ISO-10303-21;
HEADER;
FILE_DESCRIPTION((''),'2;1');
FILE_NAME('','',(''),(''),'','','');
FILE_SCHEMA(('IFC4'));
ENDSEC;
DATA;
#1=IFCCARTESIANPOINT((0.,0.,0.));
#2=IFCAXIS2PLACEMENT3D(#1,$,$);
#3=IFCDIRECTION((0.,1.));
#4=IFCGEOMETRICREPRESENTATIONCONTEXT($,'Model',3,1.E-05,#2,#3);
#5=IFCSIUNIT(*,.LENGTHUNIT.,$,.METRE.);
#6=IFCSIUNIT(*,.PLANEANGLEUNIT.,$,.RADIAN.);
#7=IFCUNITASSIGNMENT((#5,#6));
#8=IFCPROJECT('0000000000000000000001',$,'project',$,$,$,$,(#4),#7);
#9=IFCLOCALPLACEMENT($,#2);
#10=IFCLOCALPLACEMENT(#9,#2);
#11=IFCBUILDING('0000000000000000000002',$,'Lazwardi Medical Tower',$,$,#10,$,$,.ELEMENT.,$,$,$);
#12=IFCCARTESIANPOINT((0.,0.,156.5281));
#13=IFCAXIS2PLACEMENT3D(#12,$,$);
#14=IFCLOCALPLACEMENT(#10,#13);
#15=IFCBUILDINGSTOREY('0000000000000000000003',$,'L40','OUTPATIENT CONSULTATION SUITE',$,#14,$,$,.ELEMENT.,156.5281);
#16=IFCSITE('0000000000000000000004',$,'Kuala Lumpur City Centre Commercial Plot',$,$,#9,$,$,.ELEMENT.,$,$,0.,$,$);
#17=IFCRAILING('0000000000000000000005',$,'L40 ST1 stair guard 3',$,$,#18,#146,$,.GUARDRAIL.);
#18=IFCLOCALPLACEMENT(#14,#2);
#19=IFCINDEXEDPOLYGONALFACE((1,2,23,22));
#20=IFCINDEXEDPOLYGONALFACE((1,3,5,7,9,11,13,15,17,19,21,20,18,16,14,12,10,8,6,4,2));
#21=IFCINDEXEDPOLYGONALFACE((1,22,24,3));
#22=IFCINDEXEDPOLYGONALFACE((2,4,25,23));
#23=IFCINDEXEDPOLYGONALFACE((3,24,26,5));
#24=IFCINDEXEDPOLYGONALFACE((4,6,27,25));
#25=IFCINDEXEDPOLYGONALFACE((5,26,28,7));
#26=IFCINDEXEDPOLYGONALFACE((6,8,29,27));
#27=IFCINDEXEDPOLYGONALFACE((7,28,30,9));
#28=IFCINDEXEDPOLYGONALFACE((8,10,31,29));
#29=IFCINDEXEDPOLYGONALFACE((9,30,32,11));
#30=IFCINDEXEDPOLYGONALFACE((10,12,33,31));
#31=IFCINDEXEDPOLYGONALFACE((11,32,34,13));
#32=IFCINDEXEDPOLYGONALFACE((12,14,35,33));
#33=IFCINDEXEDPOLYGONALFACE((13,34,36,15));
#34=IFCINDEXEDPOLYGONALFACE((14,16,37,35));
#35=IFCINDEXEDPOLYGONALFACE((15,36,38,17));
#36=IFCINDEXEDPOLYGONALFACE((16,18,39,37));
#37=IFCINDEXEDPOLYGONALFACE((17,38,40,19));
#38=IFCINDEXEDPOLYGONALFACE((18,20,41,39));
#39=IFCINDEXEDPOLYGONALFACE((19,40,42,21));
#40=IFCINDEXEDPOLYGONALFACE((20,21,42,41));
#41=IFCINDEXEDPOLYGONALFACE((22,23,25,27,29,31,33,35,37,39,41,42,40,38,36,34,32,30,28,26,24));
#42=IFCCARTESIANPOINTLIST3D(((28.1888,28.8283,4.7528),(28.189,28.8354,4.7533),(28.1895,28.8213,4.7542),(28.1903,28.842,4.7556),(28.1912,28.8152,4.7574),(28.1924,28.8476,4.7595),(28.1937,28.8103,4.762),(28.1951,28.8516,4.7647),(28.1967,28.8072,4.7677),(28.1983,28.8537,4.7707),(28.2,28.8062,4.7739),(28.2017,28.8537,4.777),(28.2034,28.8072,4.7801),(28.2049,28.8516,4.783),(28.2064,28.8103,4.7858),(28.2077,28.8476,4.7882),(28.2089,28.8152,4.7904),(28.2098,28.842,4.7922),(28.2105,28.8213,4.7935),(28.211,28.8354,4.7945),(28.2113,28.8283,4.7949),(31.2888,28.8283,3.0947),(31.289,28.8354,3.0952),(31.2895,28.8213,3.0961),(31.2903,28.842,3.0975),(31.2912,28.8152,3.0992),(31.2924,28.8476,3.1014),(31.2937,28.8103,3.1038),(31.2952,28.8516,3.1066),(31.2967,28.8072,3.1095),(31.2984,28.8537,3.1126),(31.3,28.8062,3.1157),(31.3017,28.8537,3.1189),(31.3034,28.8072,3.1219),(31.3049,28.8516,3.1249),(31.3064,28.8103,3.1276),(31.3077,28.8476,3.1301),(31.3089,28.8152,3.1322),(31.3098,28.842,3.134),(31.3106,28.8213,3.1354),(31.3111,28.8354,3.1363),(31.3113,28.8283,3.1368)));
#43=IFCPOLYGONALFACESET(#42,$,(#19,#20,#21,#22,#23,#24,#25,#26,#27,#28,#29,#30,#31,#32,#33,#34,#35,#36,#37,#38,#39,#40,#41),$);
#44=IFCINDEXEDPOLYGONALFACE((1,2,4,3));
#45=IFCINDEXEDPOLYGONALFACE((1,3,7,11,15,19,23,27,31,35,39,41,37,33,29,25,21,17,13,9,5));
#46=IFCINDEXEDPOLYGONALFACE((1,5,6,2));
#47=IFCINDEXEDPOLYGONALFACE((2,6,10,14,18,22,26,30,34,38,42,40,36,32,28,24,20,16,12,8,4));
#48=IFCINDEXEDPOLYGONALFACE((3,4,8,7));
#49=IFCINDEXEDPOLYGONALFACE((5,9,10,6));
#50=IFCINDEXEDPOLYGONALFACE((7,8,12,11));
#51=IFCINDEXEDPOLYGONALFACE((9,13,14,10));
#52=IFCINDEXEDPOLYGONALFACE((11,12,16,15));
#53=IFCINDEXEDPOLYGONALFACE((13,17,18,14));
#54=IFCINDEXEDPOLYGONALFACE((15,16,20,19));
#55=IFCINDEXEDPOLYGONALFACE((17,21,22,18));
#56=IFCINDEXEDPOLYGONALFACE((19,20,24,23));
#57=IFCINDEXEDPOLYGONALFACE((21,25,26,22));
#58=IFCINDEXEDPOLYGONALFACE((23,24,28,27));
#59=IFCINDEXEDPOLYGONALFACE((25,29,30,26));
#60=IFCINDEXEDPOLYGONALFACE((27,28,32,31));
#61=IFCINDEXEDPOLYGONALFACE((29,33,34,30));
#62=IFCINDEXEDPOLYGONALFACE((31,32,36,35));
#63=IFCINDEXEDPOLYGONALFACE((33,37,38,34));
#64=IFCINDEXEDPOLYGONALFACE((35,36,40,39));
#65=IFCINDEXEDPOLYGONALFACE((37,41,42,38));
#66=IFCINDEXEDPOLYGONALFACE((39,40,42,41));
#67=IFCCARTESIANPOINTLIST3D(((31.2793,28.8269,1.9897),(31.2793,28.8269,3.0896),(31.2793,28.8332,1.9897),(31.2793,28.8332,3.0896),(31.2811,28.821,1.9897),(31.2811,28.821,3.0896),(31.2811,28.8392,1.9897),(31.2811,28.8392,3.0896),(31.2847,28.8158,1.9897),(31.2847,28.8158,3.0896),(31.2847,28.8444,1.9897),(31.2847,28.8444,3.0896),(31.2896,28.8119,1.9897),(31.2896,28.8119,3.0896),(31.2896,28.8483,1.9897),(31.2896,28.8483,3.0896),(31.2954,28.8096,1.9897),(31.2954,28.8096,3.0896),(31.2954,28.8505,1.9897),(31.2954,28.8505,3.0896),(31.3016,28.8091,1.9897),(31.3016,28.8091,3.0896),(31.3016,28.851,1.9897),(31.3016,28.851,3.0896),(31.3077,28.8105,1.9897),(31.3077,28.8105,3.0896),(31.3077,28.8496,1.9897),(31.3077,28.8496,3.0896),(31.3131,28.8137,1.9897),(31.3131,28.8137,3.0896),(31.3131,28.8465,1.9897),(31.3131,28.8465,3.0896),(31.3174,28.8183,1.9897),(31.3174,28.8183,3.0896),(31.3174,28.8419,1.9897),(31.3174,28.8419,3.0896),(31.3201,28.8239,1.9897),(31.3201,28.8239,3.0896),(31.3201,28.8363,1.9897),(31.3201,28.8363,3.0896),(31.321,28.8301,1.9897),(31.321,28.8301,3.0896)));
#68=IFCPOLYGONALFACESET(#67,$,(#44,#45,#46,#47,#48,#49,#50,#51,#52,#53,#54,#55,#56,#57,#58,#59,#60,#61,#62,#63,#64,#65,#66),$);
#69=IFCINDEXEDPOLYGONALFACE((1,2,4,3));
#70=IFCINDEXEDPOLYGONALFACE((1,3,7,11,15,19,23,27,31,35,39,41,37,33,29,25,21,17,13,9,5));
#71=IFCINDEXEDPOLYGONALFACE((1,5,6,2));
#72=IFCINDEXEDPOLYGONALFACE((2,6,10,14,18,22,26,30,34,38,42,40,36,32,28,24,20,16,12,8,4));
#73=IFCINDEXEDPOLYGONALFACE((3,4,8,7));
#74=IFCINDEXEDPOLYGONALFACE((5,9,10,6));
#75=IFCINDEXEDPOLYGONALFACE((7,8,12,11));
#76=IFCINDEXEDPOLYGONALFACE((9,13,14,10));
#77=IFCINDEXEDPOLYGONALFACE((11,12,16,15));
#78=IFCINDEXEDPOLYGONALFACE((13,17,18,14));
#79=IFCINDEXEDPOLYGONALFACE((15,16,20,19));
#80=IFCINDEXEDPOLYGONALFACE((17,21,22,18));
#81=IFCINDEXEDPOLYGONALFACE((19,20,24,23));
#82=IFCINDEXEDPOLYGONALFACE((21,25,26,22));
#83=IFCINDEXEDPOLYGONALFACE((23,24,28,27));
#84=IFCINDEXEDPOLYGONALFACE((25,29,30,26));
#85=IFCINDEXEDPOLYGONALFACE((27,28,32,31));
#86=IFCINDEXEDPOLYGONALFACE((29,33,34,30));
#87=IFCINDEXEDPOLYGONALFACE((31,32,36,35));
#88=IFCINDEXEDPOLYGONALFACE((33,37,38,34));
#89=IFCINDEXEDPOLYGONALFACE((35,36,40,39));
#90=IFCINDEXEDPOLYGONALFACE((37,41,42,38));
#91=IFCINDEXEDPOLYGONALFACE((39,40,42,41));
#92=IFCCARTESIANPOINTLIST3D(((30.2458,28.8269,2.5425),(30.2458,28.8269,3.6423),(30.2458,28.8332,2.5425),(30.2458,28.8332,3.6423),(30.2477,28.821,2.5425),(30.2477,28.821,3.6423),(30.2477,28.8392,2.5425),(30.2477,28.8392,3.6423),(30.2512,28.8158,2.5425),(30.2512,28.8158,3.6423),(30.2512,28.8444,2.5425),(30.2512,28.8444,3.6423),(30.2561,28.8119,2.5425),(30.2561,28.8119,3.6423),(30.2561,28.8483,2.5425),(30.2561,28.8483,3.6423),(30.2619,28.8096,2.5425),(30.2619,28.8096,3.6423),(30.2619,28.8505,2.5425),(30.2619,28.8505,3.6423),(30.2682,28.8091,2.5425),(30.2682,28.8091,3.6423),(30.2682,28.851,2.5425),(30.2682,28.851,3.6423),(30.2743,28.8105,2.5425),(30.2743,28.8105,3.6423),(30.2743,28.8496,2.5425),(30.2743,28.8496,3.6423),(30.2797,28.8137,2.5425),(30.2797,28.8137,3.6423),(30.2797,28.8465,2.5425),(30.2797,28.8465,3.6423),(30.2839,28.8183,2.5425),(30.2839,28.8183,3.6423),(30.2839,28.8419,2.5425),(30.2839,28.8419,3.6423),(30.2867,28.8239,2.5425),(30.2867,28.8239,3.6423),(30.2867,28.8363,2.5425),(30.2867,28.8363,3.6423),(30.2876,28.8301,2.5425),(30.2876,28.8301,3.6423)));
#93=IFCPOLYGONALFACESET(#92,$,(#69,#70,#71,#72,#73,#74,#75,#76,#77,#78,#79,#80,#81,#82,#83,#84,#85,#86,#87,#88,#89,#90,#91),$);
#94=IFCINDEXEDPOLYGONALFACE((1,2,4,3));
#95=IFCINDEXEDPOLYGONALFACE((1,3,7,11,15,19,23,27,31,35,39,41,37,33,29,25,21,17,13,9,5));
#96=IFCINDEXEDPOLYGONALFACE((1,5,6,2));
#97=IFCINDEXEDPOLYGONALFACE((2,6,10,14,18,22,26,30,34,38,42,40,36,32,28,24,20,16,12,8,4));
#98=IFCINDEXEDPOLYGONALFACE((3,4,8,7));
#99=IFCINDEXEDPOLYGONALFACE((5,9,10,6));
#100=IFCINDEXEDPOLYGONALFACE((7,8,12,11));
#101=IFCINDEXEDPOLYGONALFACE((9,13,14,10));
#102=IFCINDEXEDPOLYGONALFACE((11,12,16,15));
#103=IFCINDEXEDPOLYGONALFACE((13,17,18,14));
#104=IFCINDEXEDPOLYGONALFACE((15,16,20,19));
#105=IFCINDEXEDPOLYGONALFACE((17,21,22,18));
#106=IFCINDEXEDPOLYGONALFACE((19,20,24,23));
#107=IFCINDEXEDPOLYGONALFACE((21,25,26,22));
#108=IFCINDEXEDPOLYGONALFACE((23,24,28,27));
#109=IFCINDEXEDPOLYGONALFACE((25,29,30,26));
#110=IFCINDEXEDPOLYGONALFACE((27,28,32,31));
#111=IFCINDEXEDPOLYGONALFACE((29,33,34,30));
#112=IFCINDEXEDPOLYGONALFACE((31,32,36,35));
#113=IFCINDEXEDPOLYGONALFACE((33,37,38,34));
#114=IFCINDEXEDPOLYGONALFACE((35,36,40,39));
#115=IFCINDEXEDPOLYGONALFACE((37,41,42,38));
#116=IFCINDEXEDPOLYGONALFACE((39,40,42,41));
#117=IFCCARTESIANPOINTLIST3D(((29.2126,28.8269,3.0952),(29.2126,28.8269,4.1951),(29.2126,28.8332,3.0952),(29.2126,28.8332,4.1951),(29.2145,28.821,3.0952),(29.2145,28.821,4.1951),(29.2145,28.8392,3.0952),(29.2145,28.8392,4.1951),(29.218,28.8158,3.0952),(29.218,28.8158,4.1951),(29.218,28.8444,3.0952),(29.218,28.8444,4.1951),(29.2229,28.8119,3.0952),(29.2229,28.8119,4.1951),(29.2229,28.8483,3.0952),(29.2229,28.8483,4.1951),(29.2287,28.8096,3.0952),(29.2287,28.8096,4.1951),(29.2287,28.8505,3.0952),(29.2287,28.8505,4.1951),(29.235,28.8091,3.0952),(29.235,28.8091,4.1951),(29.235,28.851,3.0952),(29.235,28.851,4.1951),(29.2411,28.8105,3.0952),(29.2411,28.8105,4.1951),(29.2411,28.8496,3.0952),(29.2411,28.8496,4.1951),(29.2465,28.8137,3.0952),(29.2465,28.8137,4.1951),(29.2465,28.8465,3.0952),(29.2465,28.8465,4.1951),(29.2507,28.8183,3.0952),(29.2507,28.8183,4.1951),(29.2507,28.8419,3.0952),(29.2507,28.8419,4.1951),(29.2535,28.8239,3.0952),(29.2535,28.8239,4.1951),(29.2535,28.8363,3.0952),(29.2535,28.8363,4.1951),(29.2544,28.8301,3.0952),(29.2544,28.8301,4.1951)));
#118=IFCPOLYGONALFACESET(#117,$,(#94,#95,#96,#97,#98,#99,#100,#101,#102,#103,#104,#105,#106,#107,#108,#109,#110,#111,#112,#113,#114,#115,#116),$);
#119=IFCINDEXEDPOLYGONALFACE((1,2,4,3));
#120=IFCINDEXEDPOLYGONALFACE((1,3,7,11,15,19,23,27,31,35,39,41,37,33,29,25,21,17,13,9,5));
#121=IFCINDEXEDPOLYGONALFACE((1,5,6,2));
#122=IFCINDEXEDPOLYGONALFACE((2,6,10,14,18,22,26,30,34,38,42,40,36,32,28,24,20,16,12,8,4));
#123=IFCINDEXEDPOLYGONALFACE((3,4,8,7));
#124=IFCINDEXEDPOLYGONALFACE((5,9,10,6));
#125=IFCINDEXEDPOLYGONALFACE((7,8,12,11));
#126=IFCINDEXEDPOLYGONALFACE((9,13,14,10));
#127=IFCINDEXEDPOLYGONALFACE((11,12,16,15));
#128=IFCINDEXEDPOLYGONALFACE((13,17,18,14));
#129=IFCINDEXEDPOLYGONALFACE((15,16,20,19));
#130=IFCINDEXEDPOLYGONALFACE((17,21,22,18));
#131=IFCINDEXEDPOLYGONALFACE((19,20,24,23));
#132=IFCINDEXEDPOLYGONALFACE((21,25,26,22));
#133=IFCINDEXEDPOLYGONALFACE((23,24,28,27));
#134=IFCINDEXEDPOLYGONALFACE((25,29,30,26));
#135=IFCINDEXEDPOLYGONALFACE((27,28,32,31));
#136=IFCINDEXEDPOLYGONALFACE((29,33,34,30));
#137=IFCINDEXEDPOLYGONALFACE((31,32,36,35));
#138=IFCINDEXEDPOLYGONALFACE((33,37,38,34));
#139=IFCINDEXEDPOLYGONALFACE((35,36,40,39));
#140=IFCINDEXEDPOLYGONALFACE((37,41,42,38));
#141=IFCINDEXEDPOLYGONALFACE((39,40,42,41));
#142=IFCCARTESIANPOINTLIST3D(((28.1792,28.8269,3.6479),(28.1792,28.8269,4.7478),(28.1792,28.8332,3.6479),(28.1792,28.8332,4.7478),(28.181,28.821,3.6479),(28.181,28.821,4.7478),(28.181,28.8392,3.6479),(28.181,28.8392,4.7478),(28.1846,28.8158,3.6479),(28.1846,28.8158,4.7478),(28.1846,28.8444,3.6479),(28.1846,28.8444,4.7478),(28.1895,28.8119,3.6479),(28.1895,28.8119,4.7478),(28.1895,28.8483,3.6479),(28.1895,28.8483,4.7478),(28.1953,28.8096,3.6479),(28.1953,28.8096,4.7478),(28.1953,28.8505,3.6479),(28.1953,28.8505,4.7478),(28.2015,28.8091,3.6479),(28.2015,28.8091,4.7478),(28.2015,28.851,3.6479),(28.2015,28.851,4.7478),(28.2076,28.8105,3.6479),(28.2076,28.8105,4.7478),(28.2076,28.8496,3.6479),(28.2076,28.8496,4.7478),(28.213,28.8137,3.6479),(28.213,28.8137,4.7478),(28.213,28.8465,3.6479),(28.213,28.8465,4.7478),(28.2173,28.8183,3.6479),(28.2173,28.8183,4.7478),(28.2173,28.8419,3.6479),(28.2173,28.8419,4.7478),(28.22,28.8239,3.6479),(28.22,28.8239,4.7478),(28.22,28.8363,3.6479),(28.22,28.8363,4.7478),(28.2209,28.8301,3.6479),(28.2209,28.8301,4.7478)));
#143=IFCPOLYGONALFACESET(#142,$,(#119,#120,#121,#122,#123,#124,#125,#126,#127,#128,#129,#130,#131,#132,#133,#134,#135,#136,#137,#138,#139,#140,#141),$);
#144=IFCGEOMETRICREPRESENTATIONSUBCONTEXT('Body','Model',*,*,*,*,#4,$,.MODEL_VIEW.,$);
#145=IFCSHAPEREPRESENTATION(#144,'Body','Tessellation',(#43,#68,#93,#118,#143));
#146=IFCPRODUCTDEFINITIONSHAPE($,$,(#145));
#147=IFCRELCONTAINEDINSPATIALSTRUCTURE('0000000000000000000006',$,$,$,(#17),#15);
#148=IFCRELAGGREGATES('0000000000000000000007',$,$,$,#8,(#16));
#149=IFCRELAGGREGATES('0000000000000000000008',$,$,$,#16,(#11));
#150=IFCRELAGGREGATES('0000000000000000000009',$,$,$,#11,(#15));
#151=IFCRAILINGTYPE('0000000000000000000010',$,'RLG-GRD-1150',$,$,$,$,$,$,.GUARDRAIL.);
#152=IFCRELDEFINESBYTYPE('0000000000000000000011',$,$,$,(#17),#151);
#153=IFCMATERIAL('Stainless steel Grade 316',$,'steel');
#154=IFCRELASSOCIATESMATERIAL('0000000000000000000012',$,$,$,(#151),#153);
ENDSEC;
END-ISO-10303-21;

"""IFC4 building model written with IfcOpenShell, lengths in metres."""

from ifc_helpers import new_model, si_unit, direction, frame, origin, origin_2d, place, context, subcontext, project, spatial, circle, extrude, material, type_object, element, save


model = new_model("IFC4")

# Units and contexts
model_context = context("Model", 3, precision=1e-05, world=origin(), true_north=direction((0.0, 1.0)))
body_context = subcontext(model_context, "Body", "Model", "MODEL_VIEW")
ifc_project = project(units=[si_unit("LENGTHUNIT", "METRE"), si_unit("PLANEANGLEUNIT", "RADIAN")], contexts=[model_context])

# Site, building, storey
site_placement = place(None, origin())
site = spatial("IfcSite", under=ifc_project, at=site_placement, Name="Kuala Lumpur City Centre Commercial Plot", CompositionType="ELEMENT", RefElevation=0.0)
building_placement = place(site_placement, origin())
building = spatial("IfcBuilding", under=site, at=building_placement, Name="Lazwardi Medical Tower", CompositionType="ELEMENT")
storey_placement = place(building_placement, frame((0.0, 0.0, 156.5281)))
storey = spatial("IfcBuildingStorey", under=building, at=storey_placement, Name="L40", Description="OUTPATIENT CONSULTATION SUITE", CompositionType="ELEMENT", Elevation=156.5281)

# Railing
ifc_material_1 = material(Name="Stainless steel Grade 316", Category="steel")
railing_type_1 = type_object("IfcRailingType", Name="RLG-GRD-1150", PredefinedType="GUARDRAIL", material=ifc_material_1)
railing_1_placement = place(storey_placement, frame((31.3, 28.8301, 1.9897)))
element("IfcRailing", 1, at=railing_1_placement, inside=storey, type_object=railing_type_1, Name="L40 ST1 stair guard 3", PredefinedType="GUARDRAIL", context=body_context, shape_type="SweptSolid", body=[
    extrude(circle(Radius=0.0239, at=origin_2d()), frame((0.0, 0.0, 1.126), z_axis=(-0.881783, 0.0, 0.471655), x_axis=(0.0, -1.0, 0.0)), (0.0, 0.0, 1.0), 3.5156),
    extrude(circle(Radius=0.021, at=origin_2d()), origin(), (0.0, 0.0, 1.0), 1.0999),
    extrude(circle(Radius=0.021, at=origin_2d()), frame((-1.0334, 0.0, 0.5527)), (0.0, 0.0, 1.0), 1.0999),
    extrude(circle(Radius=0.021, at=origin_2d()), frame((-2.0667, 0.0, 1.1055)), (0.0, 0.0, 1.0), 1.0999),
    extrude(circle(Radius=0.021, at=origin_2d()), frame((-3.1001, 0.0, 1.6582)), (0.0, 0.0, 1.0), 1.0999),
])

save(model, "model.ifc")
